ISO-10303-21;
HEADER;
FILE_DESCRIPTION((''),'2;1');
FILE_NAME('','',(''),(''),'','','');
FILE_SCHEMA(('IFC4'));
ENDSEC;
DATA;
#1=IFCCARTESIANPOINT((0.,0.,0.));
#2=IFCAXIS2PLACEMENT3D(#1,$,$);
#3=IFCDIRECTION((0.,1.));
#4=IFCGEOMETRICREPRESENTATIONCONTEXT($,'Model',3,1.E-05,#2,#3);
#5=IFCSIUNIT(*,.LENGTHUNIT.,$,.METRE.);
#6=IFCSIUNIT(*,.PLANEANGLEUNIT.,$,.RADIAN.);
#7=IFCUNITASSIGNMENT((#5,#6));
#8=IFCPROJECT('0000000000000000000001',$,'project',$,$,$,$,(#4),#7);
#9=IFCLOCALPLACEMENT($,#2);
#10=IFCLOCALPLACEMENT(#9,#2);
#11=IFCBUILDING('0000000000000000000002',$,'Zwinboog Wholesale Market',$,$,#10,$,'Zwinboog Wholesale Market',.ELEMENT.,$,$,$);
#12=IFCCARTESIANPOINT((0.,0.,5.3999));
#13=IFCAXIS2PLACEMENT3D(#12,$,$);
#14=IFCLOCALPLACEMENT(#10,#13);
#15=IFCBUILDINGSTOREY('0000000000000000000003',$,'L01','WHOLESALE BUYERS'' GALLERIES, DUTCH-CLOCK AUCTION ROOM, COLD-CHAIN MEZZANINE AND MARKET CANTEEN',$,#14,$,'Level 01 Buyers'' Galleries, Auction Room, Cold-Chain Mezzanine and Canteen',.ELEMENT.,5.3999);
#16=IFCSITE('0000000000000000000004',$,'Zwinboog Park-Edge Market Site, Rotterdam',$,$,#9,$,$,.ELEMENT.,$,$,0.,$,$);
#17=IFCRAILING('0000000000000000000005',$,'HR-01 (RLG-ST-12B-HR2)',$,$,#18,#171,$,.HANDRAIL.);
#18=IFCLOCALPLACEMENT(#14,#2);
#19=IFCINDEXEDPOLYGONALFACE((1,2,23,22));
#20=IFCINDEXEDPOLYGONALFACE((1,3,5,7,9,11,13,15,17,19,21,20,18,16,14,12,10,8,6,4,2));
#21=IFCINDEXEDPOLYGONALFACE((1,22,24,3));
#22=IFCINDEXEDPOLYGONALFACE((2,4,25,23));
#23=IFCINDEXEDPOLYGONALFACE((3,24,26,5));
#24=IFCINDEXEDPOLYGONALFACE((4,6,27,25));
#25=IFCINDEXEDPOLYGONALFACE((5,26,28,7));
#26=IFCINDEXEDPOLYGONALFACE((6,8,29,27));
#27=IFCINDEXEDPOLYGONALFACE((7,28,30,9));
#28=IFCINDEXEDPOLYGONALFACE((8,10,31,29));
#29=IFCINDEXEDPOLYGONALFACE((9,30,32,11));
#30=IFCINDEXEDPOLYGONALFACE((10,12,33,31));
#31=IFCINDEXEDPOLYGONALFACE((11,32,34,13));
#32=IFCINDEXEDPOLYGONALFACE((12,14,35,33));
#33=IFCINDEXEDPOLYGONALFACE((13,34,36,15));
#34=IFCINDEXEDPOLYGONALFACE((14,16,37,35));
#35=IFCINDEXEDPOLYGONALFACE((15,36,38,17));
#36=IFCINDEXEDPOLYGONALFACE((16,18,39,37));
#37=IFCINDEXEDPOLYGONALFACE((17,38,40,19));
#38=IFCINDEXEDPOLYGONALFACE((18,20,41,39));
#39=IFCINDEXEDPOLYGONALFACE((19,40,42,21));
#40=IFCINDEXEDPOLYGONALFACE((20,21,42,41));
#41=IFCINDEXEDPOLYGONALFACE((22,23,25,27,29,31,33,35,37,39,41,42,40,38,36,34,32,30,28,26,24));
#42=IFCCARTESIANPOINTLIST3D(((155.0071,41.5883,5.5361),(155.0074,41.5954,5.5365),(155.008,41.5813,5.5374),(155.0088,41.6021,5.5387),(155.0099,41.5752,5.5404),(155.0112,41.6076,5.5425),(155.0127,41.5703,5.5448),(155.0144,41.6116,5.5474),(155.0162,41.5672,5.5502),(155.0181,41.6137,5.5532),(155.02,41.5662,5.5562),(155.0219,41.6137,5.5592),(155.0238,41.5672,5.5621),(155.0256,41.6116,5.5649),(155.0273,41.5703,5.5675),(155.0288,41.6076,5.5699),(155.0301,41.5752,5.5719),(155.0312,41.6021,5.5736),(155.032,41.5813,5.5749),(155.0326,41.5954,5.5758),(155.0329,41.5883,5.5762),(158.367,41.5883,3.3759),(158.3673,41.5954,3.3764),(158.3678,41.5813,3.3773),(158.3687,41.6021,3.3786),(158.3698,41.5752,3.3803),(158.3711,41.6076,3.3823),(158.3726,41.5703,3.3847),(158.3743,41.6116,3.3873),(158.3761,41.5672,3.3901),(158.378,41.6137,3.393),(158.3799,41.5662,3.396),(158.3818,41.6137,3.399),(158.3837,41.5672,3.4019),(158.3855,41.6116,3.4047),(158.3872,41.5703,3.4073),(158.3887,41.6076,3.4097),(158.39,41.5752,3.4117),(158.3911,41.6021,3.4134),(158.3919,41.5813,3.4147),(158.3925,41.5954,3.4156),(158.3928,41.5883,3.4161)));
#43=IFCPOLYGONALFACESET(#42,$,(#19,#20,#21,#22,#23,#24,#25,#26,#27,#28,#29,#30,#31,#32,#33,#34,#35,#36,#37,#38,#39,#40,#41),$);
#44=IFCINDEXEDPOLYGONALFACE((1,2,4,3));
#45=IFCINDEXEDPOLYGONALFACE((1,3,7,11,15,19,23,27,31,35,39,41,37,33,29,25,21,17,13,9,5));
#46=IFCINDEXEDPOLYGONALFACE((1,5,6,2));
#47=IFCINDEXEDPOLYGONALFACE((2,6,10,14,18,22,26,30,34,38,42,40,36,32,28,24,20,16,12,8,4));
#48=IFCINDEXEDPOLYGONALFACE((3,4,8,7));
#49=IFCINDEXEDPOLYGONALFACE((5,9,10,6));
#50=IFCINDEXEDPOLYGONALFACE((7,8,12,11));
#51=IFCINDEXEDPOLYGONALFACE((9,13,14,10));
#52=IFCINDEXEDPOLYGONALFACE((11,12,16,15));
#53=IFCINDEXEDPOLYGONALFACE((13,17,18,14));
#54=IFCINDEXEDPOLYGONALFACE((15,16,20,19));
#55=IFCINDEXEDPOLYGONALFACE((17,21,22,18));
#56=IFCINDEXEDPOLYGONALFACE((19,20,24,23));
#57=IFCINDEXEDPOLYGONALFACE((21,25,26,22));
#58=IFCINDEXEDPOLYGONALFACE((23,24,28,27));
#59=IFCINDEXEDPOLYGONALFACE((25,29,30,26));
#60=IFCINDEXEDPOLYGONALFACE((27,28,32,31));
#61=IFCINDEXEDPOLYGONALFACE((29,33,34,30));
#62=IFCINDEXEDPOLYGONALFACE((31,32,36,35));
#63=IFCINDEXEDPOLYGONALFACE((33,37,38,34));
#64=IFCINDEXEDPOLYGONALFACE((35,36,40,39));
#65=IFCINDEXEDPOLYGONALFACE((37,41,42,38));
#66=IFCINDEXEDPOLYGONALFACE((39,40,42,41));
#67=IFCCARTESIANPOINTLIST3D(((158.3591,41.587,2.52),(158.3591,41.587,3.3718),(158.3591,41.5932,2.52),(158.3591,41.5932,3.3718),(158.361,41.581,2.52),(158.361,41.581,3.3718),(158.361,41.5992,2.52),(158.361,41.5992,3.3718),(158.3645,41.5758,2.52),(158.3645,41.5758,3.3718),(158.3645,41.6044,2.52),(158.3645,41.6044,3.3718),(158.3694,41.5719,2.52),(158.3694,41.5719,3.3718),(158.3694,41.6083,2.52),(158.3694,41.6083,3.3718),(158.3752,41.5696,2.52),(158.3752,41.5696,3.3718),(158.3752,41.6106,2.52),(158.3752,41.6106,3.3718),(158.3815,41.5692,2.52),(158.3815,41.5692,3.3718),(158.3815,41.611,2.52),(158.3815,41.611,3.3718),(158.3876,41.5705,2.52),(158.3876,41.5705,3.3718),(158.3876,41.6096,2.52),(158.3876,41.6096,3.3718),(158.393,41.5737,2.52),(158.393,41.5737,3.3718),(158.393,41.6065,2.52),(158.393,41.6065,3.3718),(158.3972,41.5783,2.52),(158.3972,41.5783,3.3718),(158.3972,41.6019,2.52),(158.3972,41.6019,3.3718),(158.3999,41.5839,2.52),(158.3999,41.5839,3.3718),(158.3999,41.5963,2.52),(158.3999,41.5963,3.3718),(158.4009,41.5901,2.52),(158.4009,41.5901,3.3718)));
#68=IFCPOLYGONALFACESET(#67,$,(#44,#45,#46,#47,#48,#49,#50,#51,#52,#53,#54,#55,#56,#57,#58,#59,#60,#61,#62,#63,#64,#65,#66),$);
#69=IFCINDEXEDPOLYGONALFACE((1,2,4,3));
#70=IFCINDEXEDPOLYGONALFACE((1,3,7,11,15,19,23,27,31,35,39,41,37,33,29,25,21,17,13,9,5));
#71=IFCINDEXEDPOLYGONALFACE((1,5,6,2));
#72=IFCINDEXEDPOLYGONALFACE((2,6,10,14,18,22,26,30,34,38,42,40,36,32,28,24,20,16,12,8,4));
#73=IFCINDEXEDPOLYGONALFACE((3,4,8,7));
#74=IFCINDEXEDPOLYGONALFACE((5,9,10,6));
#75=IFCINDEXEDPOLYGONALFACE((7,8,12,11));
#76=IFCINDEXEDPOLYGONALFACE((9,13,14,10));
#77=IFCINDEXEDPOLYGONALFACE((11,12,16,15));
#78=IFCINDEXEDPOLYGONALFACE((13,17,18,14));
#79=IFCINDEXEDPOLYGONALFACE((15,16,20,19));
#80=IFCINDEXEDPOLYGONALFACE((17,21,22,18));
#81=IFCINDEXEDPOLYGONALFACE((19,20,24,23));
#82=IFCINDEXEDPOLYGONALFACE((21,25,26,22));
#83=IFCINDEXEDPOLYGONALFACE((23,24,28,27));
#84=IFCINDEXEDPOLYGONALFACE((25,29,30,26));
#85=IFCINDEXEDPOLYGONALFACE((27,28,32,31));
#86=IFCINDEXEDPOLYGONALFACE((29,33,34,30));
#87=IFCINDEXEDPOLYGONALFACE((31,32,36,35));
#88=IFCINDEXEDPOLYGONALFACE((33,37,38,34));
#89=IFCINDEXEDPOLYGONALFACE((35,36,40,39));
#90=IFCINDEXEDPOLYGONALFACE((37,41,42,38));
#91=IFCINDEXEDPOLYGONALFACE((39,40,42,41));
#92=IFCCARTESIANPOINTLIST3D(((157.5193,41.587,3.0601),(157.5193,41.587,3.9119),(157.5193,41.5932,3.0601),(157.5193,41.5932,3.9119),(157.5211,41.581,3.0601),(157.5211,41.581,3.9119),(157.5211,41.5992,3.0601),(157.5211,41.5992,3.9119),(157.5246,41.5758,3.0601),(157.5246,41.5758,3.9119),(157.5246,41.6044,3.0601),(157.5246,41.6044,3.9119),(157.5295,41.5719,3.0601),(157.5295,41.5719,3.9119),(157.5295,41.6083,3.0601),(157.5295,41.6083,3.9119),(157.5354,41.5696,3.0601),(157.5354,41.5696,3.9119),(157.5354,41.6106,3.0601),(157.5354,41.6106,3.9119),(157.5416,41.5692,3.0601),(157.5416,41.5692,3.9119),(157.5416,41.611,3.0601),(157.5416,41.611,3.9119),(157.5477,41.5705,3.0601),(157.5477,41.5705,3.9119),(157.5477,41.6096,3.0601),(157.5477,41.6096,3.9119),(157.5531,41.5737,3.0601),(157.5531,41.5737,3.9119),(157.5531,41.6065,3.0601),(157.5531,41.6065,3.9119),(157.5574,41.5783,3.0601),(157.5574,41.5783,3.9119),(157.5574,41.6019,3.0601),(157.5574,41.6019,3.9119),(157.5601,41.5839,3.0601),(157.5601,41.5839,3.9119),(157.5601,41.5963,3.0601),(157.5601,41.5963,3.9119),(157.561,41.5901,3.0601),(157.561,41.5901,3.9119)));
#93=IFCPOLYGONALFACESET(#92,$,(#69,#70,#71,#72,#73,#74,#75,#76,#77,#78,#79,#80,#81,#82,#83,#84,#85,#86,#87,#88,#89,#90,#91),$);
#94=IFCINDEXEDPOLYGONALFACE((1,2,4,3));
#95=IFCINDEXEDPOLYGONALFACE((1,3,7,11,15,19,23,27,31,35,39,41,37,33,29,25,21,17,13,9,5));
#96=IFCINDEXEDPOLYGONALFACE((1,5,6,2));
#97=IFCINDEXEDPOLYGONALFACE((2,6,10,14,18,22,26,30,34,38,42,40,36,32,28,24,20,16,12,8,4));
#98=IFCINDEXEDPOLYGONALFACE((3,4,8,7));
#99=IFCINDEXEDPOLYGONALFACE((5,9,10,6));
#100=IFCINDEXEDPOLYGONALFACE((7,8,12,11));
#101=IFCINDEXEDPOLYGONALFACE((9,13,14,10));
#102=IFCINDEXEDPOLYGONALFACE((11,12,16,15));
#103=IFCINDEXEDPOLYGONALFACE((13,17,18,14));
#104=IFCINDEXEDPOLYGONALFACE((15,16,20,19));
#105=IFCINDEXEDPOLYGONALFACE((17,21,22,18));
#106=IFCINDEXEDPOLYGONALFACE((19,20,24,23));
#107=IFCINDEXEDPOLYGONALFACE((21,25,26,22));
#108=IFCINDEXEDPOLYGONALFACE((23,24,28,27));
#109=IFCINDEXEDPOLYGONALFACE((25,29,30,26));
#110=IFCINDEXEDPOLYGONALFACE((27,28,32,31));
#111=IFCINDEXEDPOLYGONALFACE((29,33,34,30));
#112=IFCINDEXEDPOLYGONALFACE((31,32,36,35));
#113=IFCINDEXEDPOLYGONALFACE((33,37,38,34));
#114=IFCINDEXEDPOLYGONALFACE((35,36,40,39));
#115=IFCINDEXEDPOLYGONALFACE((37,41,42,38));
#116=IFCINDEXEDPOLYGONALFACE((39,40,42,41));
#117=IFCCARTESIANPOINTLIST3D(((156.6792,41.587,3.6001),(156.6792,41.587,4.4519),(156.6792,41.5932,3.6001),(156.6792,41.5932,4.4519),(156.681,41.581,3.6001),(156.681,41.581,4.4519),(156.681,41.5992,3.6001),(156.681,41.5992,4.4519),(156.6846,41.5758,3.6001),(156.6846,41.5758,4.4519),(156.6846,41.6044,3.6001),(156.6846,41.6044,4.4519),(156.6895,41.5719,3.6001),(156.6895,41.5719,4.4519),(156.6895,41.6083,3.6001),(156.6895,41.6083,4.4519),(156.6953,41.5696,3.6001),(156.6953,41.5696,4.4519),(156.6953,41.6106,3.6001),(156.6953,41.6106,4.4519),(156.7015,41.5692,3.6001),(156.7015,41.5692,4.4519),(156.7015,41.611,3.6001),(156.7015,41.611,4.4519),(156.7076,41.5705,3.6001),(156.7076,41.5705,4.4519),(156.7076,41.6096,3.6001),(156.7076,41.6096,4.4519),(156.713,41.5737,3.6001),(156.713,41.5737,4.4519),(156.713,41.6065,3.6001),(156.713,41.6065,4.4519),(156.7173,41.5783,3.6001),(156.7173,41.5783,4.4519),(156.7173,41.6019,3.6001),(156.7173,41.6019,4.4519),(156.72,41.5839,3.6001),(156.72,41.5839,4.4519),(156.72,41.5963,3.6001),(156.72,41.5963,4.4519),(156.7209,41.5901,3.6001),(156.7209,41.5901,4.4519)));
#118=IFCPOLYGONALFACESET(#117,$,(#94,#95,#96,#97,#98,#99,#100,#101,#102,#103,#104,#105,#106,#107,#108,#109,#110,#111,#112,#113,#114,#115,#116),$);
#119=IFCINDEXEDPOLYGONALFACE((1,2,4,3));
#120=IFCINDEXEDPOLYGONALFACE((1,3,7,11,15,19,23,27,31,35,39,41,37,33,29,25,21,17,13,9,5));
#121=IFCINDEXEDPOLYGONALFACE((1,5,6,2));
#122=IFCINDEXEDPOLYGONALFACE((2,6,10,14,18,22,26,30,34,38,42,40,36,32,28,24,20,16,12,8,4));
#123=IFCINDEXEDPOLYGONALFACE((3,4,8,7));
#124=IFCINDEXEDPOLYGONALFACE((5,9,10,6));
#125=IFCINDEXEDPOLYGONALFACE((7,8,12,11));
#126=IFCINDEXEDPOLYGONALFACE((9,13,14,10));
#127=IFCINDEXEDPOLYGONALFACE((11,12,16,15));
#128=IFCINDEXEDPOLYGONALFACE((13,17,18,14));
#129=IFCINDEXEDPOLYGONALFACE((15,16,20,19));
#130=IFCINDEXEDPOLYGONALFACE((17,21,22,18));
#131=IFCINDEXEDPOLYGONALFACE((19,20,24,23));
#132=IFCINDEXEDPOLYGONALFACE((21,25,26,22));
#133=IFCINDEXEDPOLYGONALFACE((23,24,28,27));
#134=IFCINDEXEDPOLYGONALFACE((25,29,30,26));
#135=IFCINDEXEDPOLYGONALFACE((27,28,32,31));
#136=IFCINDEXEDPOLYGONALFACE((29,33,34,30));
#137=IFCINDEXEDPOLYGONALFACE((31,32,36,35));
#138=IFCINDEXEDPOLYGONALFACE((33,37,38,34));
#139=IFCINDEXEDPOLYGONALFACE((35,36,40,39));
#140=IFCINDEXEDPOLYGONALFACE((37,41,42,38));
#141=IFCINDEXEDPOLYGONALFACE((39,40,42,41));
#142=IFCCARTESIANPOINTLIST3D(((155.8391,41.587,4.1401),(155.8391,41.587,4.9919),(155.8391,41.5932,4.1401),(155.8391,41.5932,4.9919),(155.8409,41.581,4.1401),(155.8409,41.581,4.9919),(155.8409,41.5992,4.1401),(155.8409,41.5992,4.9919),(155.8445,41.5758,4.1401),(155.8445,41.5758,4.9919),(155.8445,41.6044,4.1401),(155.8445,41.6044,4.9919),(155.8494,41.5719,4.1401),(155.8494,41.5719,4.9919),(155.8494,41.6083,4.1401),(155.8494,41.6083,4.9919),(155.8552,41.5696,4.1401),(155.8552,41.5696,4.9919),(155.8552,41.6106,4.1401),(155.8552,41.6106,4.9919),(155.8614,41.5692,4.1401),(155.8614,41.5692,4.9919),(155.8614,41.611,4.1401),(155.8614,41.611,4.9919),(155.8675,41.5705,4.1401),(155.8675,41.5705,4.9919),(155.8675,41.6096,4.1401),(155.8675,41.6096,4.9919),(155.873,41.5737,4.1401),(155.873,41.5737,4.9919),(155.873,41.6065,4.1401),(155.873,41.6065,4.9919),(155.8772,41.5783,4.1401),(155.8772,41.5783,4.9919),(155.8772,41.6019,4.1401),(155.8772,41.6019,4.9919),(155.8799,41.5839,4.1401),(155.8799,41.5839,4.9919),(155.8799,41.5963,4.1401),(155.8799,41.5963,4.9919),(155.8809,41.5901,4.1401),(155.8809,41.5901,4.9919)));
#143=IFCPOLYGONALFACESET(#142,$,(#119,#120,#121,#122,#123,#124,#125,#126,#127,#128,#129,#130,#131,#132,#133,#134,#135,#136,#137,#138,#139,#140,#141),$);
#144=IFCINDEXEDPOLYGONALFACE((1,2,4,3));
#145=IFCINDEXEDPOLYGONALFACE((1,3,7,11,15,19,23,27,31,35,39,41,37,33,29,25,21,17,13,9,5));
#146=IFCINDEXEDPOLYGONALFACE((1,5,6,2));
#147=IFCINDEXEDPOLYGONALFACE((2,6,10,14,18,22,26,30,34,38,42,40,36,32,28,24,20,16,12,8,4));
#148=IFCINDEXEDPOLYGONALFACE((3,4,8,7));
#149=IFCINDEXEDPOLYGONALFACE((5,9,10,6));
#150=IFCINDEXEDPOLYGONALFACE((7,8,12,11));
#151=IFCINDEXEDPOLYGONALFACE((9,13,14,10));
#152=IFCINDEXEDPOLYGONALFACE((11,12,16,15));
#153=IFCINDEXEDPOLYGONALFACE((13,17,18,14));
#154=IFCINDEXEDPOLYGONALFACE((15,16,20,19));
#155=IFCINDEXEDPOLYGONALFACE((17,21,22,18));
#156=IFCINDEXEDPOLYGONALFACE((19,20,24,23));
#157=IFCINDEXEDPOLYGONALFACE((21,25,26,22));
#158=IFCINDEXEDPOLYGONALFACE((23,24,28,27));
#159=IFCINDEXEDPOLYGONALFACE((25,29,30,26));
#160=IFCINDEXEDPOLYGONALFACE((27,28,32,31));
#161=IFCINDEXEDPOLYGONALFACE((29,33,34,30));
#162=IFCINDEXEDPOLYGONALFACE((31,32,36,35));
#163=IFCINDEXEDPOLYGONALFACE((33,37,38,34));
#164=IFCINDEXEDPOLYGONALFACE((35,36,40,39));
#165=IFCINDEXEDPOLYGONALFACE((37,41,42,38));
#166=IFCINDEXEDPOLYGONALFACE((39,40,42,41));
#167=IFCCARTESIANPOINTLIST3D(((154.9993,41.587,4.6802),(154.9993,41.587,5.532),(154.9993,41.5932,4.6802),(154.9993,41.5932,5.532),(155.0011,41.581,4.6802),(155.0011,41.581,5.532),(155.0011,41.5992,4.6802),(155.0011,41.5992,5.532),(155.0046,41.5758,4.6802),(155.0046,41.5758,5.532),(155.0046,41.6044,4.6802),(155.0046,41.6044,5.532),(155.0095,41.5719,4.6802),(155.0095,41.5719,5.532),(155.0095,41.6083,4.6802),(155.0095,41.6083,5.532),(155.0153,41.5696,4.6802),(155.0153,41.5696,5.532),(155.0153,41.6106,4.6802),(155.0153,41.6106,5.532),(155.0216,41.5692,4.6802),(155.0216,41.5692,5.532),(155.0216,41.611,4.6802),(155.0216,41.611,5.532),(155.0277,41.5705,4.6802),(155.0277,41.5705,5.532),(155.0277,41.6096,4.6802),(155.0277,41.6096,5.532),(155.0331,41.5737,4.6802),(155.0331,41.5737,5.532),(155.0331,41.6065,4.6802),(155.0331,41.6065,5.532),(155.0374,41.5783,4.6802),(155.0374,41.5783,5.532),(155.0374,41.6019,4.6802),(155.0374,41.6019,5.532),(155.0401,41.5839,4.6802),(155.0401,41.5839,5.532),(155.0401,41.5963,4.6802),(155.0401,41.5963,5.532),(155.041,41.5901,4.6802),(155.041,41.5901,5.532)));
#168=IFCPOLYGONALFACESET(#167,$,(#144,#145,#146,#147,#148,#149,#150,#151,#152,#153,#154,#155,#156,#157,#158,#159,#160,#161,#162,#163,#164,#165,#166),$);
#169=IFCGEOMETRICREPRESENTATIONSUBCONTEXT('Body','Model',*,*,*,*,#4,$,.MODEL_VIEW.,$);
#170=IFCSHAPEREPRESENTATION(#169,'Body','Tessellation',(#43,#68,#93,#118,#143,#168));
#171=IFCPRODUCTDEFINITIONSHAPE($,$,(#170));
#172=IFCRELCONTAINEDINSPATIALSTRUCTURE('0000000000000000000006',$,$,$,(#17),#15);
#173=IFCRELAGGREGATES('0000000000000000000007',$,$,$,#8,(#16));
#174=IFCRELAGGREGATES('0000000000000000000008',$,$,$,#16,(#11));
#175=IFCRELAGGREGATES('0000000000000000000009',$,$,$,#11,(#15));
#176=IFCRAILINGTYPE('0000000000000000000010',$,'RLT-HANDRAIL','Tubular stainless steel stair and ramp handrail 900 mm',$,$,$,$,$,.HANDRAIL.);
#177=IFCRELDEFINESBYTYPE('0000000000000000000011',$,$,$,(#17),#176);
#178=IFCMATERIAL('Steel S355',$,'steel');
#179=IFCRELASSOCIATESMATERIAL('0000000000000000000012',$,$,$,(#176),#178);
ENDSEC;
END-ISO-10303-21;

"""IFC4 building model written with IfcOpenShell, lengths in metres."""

from ifc_helpers import new_model, si_unit, direction, frame, origin, origin_2d, place, context, subcontext, project, spatial, circle, extrude, material, type_object, element, save


model = new_model("IFC4")

# Units and contexts
model_context = context("Model", 3, precision=1e-05, world=origin(), true_north=direction((0.0, 1.0)))
body_context = subcontext(model_context, "Body", "Model", "MODEL_VIEW")
ifc_project = project(units=[si_unit("LENGTHUNIT", "METRE"), si_unit("PLANEANGLEUNIT", "RADIAN")], contexts=[model_context])

# Site, building, storey
site_placement = place(None, origin())
site = spatial("IfcSite", under=ifc_project, at=site_placement, Name="Zwinboog Park-Edge Market Site, Rotterdam", CompositionType="ELEMENT", RefElevation=0.0)
building_placement = place(site_placement, origin())
building = spatial("IfcBuilding", under=site, at=building_placement, Name="Zwinboog Wholesale Market", LongName="Zwinboog Wholesale Market", CompositionType="ELEMENT")
storey_placement = place(building_placement, frame((0.0, 0.0, 5.3999)))
storey = spatial("IfcBuildingStorey", under=building, at=storey_placement, Name="L01", Description="WHOLESALE BUYERS' GALLERIES, DUTCH-CLOCK AUCTION ROOM, COLD-CHAIN MEZZANINE AND MARKET CANTEEN", LongName="Level 01 Buyers' Galleries, Auction Room, Cold-Chain Mezzanine and Canteen", CompositionType="ELEMENT", Elevation=5.3999)

# Shared definitions
ifc_material_1 = material(Name="Steel S355", Category="steel")

# Railing
railing_type_1 = type_object("IfcRailingType", Name="RLT-HANDRAIL", Description="Tubular stainless steel stair and ramp handrail 900 mm", PredefinedType="HANDRAIL", material=ifc_material_1)
railing_1_placement = place(storey_placement, frame((158.3799, 41.5901, 2.52)))
element("IfcRailing", 1, at=railing_1_placement, inside=storey, type_object=railing_type_1, Name="HR-01 (RLG-ST-12B-HR2)", PredefinedType="HANDRAIL", context=body_context, shape_type="SweptSolid", body=[
    extrude(circle(Radius=0.0239, at=origin_2d()), frame((0.0, 0.0, 0.876), z_axis=(-0.841151, 0.0, 0.540801), x_axis=(0.0, -1.0, 0.0)), (0.0, 0.0, 1.0), 3.9944),
    extrude(circle(Radius=0.021, at=origin_2d()), origin(), (0.0, 0.0, 1.0), 0.8518),
    extrude(circle(Radius=0.021, at=origin_2d()), frame((-0.8398, 0.0, 0.54)), (0.0, 0.0, 1.0), 0.8518),
    extrude(circle(Radius=0.021, at=origin_2d()), frame((-1.6799, 0.0, 1.0801)), (0.0, 0.0, 1.0), 0.8518),
    extrude(circle(Radius=0.021, at=origin_2d()), frame((-2.52, 0.0, 1.6201)), (0.0, 0.0, 1.0), 0.8518),
    extrude(circle(Radius=0.021, at=origin_2d()), frame((-3.3599, 0.0, 2.1602)), (0.0, 0.0, 1.0), 0.8518),
])

save(model, "model.ifc")
